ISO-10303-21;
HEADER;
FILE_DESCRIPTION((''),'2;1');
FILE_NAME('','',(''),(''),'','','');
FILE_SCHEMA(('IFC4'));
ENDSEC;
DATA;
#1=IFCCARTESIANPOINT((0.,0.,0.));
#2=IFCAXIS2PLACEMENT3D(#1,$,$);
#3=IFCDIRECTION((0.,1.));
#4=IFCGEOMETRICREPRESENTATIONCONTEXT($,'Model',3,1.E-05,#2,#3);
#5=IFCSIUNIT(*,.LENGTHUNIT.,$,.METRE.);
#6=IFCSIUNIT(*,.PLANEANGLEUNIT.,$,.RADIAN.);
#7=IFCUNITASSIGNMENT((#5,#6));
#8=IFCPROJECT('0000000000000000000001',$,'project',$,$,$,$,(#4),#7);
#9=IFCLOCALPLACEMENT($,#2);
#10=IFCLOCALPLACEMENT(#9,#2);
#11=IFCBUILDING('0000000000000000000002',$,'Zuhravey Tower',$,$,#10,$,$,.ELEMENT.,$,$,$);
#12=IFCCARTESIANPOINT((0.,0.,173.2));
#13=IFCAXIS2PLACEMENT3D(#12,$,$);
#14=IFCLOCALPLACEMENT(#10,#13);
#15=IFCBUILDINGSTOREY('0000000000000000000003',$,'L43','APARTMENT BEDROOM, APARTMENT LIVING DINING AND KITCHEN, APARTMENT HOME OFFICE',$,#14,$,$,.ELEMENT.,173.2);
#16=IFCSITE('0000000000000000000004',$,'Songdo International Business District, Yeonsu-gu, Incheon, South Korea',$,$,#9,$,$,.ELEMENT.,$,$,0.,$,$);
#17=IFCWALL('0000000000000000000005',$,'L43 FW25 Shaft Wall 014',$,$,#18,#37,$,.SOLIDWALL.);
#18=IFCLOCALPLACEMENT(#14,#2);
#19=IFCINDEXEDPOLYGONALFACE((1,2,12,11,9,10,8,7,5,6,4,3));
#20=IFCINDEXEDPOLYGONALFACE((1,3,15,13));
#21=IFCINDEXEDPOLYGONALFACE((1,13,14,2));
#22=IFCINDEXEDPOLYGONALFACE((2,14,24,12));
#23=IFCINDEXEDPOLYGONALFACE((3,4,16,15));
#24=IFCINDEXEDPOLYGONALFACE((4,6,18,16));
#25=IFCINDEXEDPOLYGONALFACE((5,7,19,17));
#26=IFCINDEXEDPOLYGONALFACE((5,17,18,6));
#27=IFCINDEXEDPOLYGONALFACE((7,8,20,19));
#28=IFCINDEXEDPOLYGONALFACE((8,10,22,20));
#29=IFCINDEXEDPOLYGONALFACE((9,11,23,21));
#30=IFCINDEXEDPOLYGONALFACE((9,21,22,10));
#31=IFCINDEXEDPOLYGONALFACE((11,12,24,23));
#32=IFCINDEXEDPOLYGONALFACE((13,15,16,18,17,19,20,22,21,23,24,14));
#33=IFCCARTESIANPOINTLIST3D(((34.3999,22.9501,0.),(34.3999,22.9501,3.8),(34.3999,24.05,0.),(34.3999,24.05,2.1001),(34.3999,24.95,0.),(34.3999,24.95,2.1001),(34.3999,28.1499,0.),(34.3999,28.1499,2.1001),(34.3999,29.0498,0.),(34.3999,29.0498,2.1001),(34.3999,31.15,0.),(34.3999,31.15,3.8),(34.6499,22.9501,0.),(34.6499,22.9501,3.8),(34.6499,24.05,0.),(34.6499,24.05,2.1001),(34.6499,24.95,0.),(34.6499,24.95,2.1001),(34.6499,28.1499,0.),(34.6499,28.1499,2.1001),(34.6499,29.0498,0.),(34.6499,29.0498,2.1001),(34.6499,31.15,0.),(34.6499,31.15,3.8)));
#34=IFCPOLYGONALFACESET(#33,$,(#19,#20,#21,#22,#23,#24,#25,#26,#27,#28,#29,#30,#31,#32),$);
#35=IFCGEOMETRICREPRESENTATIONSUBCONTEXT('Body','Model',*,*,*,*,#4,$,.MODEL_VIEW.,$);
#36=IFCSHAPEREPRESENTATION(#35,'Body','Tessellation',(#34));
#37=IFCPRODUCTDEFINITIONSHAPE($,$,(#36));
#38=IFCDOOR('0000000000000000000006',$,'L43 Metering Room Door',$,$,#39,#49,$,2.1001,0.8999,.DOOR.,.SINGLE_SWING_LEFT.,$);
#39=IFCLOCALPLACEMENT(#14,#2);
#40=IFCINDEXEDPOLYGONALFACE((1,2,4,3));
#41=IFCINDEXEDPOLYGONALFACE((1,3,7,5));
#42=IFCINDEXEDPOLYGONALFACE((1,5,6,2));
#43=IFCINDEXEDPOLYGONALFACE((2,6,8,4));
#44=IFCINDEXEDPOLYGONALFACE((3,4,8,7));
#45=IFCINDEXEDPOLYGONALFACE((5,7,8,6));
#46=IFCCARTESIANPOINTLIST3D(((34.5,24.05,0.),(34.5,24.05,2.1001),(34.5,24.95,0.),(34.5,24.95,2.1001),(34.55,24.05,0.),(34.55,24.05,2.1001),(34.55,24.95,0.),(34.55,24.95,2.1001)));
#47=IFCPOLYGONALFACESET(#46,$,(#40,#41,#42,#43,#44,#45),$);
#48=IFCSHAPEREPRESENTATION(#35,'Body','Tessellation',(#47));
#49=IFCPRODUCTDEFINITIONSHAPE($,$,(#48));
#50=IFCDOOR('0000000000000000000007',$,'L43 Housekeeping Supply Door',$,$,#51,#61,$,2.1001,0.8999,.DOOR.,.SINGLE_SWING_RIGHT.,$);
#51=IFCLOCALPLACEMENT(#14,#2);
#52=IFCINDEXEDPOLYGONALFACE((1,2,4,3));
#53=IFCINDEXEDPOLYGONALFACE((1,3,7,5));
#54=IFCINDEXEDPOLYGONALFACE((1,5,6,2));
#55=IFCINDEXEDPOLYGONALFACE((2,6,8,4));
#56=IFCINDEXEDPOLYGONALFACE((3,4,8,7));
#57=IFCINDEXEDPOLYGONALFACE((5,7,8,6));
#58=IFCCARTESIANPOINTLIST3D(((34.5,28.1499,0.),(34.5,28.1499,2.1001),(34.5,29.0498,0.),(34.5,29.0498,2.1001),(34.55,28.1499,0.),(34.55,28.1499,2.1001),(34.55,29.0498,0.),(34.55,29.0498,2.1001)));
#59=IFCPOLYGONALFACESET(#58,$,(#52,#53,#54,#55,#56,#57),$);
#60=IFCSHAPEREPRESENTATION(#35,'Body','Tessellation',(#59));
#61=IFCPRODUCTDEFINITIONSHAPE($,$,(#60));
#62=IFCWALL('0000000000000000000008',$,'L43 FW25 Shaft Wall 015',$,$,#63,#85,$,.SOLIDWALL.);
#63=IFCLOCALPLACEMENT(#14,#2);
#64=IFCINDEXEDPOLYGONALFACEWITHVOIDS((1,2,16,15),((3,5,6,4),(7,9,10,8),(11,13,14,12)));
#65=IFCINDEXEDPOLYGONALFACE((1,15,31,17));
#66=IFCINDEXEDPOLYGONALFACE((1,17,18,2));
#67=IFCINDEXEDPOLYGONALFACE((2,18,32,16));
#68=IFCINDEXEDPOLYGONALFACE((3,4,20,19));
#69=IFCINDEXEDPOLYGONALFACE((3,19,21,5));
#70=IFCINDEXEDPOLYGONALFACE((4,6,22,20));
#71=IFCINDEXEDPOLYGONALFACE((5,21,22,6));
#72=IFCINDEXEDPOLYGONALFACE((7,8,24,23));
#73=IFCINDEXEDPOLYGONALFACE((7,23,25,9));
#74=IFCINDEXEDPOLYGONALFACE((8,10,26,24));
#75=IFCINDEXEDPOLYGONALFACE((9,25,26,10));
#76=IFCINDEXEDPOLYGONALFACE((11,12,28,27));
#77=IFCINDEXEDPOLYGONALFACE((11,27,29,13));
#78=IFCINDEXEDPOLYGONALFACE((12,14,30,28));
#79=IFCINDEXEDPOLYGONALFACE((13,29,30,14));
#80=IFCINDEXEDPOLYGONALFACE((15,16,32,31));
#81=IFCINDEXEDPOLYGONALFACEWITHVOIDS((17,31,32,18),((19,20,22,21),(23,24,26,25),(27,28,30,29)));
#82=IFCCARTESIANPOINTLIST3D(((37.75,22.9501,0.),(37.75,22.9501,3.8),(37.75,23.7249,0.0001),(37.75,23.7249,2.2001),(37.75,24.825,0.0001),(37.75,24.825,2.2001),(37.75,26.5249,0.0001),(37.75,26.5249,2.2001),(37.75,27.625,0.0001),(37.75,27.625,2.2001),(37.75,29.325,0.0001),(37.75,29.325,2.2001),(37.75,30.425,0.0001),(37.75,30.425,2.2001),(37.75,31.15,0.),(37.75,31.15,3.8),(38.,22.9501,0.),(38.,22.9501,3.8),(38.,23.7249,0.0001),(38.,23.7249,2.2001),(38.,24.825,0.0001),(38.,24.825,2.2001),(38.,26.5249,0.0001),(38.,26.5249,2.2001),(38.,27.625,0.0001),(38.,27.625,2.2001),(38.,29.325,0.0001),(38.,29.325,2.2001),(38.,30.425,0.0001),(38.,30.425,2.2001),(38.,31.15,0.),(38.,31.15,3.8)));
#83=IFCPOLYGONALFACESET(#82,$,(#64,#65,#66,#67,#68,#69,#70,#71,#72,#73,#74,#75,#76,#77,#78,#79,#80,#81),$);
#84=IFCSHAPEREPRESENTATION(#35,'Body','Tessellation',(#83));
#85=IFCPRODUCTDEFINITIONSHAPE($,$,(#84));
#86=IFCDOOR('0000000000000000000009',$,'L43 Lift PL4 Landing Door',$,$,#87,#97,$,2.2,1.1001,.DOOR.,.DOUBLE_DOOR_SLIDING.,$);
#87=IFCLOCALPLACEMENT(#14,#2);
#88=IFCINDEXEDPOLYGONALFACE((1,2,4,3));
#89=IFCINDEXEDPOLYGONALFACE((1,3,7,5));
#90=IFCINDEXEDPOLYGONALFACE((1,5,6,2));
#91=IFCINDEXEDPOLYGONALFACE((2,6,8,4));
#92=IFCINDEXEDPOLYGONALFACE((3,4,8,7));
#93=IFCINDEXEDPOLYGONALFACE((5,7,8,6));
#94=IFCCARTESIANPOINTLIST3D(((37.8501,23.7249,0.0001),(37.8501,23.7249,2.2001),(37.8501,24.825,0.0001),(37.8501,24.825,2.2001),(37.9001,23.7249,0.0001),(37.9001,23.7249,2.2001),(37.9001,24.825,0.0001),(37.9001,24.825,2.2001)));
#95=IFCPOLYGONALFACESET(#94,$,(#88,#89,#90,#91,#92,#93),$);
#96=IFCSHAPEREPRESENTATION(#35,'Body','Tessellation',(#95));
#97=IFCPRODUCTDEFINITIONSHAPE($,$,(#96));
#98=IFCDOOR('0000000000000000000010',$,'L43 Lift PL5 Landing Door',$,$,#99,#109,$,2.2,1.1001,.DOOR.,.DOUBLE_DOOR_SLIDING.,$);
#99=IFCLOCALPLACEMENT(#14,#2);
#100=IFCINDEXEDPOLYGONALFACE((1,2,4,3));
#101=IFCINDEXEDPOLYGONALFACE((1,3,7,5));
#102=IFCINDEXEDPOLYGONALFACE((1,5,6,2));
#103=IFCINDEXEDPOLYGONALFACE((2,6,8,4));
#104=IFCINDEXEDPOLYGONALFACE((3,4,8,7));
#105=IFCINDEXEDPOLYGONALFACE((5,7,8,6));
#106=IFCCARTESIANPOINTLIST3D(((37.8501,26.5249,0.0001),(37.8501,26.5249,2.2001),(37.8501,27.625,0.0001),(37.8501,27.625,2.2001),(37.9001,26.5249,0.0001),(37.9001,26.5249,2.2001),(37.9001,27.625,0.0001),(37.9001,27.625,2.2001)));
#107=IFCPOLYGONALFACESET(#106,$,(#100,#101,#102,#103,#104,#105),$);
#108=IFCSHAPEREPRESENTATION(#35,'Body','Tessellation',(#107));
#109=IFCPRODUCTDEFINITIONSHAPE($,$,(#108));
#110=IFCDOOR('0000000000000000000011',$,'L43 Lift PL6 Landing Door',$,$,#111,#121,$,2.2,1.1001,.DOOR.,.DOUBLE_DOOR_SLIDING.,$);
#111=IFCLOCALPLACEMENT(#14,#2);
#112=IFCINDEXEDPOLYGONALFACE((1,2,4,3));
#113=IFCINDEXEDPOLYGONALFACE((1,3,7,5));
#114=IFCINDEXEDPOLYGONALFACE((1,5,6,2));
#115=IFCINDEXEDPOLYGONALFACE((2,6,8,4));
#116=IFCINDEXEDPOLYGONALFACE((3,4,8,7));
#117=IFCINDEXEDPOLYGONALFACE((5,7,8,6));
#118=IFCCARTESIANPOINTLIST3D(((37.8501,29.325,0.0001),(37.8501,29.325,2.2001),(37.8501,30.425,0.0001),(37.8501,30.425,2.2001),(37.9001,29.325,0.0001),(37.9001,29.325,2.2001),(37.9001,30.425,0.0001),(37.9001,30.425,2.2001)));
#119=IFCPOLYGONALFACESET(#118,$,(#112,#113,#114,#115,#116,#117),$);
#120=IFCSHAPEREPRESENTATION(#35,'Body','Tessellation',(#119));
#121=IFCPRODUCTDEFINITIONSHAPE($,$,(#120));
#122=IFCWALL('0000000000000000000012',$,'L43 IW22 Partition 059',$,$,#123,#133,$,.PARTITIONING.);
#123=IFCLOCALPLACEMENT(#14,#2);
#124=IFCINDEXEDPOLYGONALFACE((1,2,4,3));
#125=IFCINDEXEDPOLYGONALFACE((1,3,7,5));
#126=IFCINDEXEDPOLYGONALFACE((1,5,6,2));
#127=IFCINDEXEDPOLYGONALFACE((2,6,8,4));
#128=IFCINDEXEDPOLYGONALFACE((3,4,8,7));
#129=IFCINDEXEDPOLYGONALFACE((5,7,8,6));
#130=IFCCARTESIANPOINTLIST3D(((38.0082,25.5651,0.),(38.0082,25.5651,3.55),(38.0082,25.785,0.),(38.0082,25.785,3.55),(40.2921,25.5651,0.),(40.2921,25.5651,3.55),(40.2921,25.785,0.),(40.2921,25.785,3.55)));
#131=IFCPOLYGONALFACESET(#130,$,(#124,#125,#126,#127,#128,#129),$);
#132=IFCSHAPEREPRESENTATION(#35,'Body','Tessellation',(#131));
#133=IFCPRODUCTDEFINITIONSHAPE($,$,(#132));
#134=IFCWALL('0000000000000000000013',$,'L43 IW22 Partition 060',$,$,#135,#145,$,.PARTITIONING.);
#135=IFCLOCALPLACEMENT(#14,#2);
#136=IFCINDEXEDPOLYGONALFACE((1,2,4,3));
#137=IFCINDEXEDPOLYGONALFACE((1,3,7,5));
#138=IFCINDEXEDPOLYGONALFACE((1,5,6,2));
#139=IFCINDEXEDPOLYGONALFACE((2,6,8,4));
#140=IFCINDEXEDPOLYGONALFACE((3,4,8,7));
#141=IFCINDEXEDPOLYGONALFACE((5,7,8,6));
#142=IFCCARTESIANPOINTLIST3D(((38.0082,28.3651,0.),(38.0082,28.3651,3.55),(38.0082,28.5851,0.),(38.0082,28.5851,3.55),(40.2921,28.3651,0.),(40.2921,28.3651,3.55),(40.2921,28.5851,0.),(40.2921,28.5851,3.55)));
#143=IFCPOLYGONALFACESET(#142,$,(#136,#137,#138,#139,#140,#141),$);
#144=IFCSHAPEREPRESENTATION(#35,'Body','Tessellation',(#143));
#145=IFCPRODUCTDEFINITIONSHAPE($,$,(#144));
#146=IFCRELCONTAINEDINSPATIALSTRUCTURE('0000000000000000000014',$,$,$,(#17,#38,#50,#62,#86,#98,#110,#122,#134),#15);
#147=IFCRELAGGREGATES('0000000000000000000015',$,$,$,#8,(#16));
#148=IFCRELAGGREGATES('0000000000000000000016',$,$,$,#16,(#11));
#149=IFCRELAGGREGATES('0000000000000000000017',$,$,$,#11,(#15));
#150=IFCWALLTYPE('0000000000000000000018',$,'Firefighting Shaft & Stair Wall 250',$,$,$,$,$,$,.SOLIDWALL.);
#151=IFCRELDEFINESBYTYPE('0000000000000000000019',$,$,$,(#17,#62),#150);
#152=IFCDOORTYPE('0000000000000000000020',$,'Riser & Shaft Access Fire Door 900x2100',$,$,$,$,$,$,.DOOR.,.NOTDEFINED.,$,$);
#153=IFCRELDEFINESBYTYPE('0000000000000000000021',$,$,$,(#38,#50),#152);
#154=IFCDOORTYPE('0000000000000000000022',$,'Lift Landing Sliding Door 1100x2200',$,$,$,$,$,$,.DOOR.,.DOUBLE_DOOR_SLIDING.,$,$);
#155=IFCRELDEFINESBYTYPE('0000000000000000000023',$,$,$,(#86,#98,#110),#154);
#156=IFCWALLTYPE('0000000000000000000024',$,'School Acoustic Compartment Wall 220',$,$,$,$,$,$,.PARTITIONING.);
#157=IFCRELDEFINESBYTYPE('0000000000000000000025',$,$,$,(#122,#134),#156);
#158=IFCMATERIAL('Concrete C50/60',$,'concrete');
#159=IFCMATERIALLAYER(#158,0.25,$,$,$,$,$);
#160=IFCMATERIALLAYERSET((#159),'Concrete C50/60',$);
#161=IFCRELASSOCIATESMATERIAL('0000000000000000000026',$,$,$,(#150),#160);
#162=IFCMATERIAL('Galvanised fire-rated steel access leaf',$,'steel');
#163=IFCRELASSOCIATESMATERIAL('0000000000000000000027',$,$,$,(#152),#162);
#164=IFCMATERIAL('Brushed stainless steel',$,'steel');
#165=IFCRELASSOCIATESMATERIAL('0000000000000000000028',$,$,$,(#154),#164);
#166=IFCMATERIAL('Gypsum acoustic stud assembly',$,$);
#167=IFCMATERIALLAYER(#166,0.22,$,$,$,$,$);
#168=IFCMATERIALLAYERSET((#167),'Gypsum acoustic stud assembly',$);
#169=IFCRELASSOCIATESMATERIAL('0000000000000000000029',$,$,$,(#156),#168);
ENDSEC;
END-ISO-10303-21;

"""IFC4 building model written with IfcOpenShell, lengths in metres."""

from ifc_helpers import new_model, si_unit, direction, frame, frame_2d, origin, place, context, subcontext, project, spatial, rectangle, extrude, material, layer, layer_set, type_object, element, fill, save


model = new_model("IFC4")

# Units and contexts
model_context = context("Model", 3, precision=1e-05, world=origin(), true_north=direction((0.0, 1.0)))
body_context = subcontext(model_context, "Body", "Model", "MODEL_VIEW")
ifc_project = project(units=[si_unit("LENGTHUNIT", "METRE"), si_unit("PLANEANGLEUNIT", "RADIAN")], contexts=[model_context])

# Site, building, storey
site_placement = place(None, origin())
site = spatial("IfcSite", under=ifc_project, at=site_placement, Name="Songdo International Business District, Yeonsu-gu, Incheon, South Korea", CompositionType="ELEMENT", RefElevation=0.0)
building_placement = place(site_placement, origin())
building = spatial("IfcBuilding", under=site, at=building_placement, Name="Zuhravey Tower", CompositionType="ELEMENT")
storey_placement = place(building_placement, frame((0.0, 0.0, 173.2)))
storey = spatial("IfcBuildingStorey", under=building, at=storey_placement, Name="L43", Description="APARTMENT BEDROOM, APARTMENT LIVING DINING AND KITCHEN, APARTMENT HOME OFFICE", CompositionType="ELEMENT", Elevation=173.2)

# Shared definitions
ifc_material_1 = material(Name="Concrete C50/60", Category="concrete")
ifc_layer_1 = layer(ifc_material_1, 0.25)
ifc_layer_set_1 = layer_set([ifc_layer_1], Name="Concrete C50/60")
wall_type_1 = type_object("IfcWallType", Name="Firefighting Shaft & Stair Wall 250", PredefinedType="SOLIDWALL", material=ifc_layer_set_1)

# Shared definitions
ifc_material_2 = material(Name="Galvanised fire-rated steel access leaf", Category="steel")
door_type_1 = type_object("IfcDoorType", Name="Riser & Shaft Access Fire Door 900x2100", OperationType="NOTDEFINED", PredefinedType="DOOR", material=ifc_material_2)

# Walls, openings, doors
wall_1_placement = place(storey_placement, frame((34.5249, 22.95, 0.0), z_axis=(0.0, 0.0, 1.0), x_axis=(0.0, 1.0, 0.0)))
wall_1 = element("IfcWall", 1, at=wall_1_placement, inside=storey, type_object=wall_type_1, Name="L43 FW25 Shaft Wall 014", PredefinedType="SOLIDWALL", context=body_context, shape_type="SweptSolid", body=[
    extrude(rectangle(XDim=8.2, YDim=0.25, at=frame_2d((4.1001, 0.0))), origin(), (0.0, 0.0, 1.0), 3.8),
])
opening_1_placement = place(wall_1_placement, frame((1.1001, 0.0, 0.0)))
opening_1 = element("IfcOpeningElement", 2, at=opening_1_placement, cuts=wall_1, PredefinedType="OPENING", context=body_context, shape_type="SweptSolid", body=[
    extrude(rectangle(XDim=0.8999, YDim=2.1001, at=frame_2d((0.45, 1.05))), frame((0.0, 0.137, 0.0), z_axis=(0.0, -1.0, 0.0), x_axis=(1.0, 0.0, 0.0)), (0.0, 0.0, 1.0), 0.2739),
])
opening_2_placement = place(wall_1_placement, frame((5.2, 0.0, 0.0)))
opening_2 = element("IfcOpeningElement", 3, at=opening_2_placement, cuts=wall_1, PredefinedType="OPENING", context=body_context, shape_type="SweptSolid", body=[
    extrude(rectangle(XDim=0.8999, YDim=2.1001, at=frame_2d((0.45, 1.05))), frame((0.0, 0.137, 0.0), z_axis=(0.0, -1.0, 0.0), x_axis=(1.0, 0.0, 0.0)), (0.0, 0.0, 1.0), 0.2739),
])
door_1_placement = place(opening_1_placement, origin())
door_1 = element("IfcDoor", 4, at=door_1_placement, inside=storey, type_object=door_type_1, Name="L43 Metering Room Door", OperationType="SINGLE_SWING_LEFT", OverallHeight=2.1001, OverallWidth=0.8999, PredefinedType="DOOR", context=body_context, shape_type="SweptSolid", body=[
    extrude(rectangle(XDim=0.8999, YDim=2.1001, at=frame_2d((0.45, 1.05))), frame((0.0, 0.0249, 0.0), z_axis=(0.0, -1.0, 0.0), x_axis=(1.0, 0.0, 0.0)), (0.0, 0.0, 1.0), 0.05),
])
fill(opening_1, door_1)
door_2_placement = place(opening_2_placement, origin())
door_2 = element("IfcDoor", 5, at=door_2_placement, inside=storey, type_object=door_type_1, Name="L43 Housekeeping Supply Door", OperationType="SINGLE_SWING_RIGHT", OverallHeight=2.1001, OverallWidth=0.8999, PredefinedType="DOOR", context=body_context, shape_type="SweptSolid", body=[
    extrude(rectangle(XDim=0.8999, YDim=2.1001, at=frame_2d((0.45, 1.05))), frame((0.0, 0.0249, 0.0), z_axis=(0.0, -1.0, 0.0), x_axis=(1.0, 0.0, 0.0)), (0.0, 0.0, 1.0), 0.05),
])
fill(opening_2, door_2)
wall_2_placement = place(storey_placement, frame((37.875, 22.95, 0.0), z_axis=(0.0, 0.0, 1.0), x_axis=(0.0, 1.0, 0.0)))
wall_2 = element("IfcWall", 6, at=wall_2_placement, inside=storey, type_object=wall_type_1, Name="L43 FW25 Shaft Wall 015", PredefinedType="SOLIDWALL", context=body_context, shape_type="SweptSolid", body=[
    extrude(rectangle(XDim=8.2, YDim=0.25, at=frame_2d((4.1001, 0.0))), origin(), (0.0, 0.0, 1.0), 3.8),
])
opening_3_placement = place(wall_2_placement, frame((0.7749, 0.0, 0.0)))
opening_3 = element("IfcOpeningElement", 7, at=opening_3_placement, cuts=wall_2, PredefinedType="OPENING", context=body_context, shape_type="SweptSolid", body=[
    extrude(rectangle(XDim=1.1001, YDim=2.2, at=frame_2d((0.55, 1.1001))), frame((0.0, 0.137, 0.0), z_axis=(0.0, -1.0, 0.0), x_axis=(1.0, 0.0, 0.0)), (0.0, 0.0, 1.0), 0.2739),
])
opening_4_placement = place(wall_2_placement, frame((3.575, 0.0, 0.0)))
opening_4 = element("IfcOpeningElement", 8, at=opening_4_placement, cuts=wall_2, PredefinedType="OPENING", context=body_context, shape_type="SweptSolid", body=[
    extrude(rectangle(XDim=1.1001, YDim=2.2, at=frame_2d((0.55, 1.1001))), frame((0.0, 0.137, 0.0), z_axis=(0.0, -1.0, 0.0), x_axis=(1.0, 0.0, 0.0)), (0.0, 0.0, 1.0), 0.2739),
])
opening_5_placement = place(wall_2_placement, frame((6.375, 0.0, 0.0)))
opening_5 = element("IfcOpeningElement", 9, at=opening_5_placement, cuts=wall_2, PredefinedType="OPENING", context=body_context, shape_type="SweptSolid", body=[
    extrude(rectangle(XDim=1.1001, YDim=2.2, at=frame_2d((0.55, 1.1001))), frame((0.0, 0.137, 0.0), z_axis=(0.0, -1.0, 0.0), x_axis=(1.0, 0.0, 0.0)), (0.0, 0.0, 1.0), 0.2739),
])
ifc_material_3 = material(Name="Brushed stainless steel", Category="steel")
door_type_2 = type_object("IfcDoorType", Name="Lift Landing Sliding Door 1100x2200", OperationType="DOUBLE_DOOR_SLIDING", PredefinedType="DOOR", material=ifc_material_3)
door_3_placement = place(opening_3_placement, origin())
door_3 = element("IfcDoor", 10, at=door_3_placement, inside=storey, type_object=door_type_2, Name="L43 Lift PL4 Landing Door", OperationType="DOUBLE_DOOR_SLIDING", OverallHeight=2.2, OverallWidth=1.1001, PredefinedType="DOOR", context=body_context, shape_type="SweptSolid", body=[
    extrude(rectangle(XDim=1.1001, YDim=2.2, at=frame_2d((0.55, 1.1001))), frame((0.0, 0.0249, 0.0), z_axis=(0.0, -1.0, 0.0), x_axis=(1.0, 0.0, 0.0)), (0.0, 0.0, 1.0), 0.05),
])
fill(opening_3, door_3)
door_4_placement = place(opening_4_placement, origin())
door_4 = element("IfcDoor", 11, at=door_4_placement, inside=storey, type_object=door_type_2, Name="L43 Lift PL5 Landing Door", OperationType="DOUBLE_DOOR_SLIDING", OverallHeight=2.2, OverallWidth=1.1001, PredefinedType="DOOR", context=body_context, shape_type="SweptSolid", body=[
    extrude(rectangle(XDim=1.1001, YDim=2.2, at=frame_2d((0.55, 1.1001))), frame((0.0, 0.0249, 0.0), z_axis=(0.0, -1.0, 0.0), x_axis=(1.0, 0.0, 0.0)), (0.0, 0.0, 1.0), 0.05),
])
fill(opening_4, door_4)
door_5_placement = place(opening_5_placement, origin())
door_5 = element("IfcDoor", 12, at=door_5_placement, inside=storey, type_object=door_type_2, Name="L43 Lift PL6 Landing Door", OperationType="DOUBLE_DOOR_SLIDING", OverallHeight=2.2, OverallWidth=1.1001, PredefinedType="DOOR", context=body_context, shape_type="SweptSolid", body=[
    extrude(rectangle(XDim=1.1001, YDim=2.2, at=frame_2d((0.55, 1.1001))), frame((0.0, 0.0249, 0.0), z_axis=(0.0, -1.0, 0.0), x_axis=(1.0, 0.0, 0.0)), (0.0, 0.0, 1.0), 0.05),
])
fill(opening_5, door_5)

# Walls
ifc_material_4 = material(Name="Gypsum acoustic stud assembly")
ifc_layer_2 = layer(ifc_material_4, 0.22)
ifc_layer_set_2 = layer_set([ifc_layer_2], Name="Gypsum acoustic stud assembly")
wall_type_2 = type_object("IfcWallType", Name="School Acoustic Compartment Wall 220", PredefinedType="PARTITIONING", material=ifc_layer_set_2)
for number, where, z_axis, x_axis, name in (
    (13, (38.0081, 25.675, 0.0), (0.0, 0.0, 1.0), (1.0, 0.0, 0.0), "L43 IW22 Partition 059"),
    (14, (38.0081, 28.4751, 0.0), (0.0, 0.0, 1.0), (1.0, 0.0, 0.0), "L43 IW22 Partition 060"),
):
    element("IfcWall", number, at=place(storey_placement, frame(where, z_axis=z_axis, x_axis=x_axis)), inside=storey, type_object=wall_type_2, Name=name, PredefinedType="PARTITIONING", context=body_context, shape_type="SweptSolid", body=[
        extrude(rectangle(XDim=2.2839, YDim=0.22, at=frame_2d((1.1421, 0.0))), origin(), (0.0, 0.0, 1.0), 3.55),
    ])

save(model, "model.ifc")
